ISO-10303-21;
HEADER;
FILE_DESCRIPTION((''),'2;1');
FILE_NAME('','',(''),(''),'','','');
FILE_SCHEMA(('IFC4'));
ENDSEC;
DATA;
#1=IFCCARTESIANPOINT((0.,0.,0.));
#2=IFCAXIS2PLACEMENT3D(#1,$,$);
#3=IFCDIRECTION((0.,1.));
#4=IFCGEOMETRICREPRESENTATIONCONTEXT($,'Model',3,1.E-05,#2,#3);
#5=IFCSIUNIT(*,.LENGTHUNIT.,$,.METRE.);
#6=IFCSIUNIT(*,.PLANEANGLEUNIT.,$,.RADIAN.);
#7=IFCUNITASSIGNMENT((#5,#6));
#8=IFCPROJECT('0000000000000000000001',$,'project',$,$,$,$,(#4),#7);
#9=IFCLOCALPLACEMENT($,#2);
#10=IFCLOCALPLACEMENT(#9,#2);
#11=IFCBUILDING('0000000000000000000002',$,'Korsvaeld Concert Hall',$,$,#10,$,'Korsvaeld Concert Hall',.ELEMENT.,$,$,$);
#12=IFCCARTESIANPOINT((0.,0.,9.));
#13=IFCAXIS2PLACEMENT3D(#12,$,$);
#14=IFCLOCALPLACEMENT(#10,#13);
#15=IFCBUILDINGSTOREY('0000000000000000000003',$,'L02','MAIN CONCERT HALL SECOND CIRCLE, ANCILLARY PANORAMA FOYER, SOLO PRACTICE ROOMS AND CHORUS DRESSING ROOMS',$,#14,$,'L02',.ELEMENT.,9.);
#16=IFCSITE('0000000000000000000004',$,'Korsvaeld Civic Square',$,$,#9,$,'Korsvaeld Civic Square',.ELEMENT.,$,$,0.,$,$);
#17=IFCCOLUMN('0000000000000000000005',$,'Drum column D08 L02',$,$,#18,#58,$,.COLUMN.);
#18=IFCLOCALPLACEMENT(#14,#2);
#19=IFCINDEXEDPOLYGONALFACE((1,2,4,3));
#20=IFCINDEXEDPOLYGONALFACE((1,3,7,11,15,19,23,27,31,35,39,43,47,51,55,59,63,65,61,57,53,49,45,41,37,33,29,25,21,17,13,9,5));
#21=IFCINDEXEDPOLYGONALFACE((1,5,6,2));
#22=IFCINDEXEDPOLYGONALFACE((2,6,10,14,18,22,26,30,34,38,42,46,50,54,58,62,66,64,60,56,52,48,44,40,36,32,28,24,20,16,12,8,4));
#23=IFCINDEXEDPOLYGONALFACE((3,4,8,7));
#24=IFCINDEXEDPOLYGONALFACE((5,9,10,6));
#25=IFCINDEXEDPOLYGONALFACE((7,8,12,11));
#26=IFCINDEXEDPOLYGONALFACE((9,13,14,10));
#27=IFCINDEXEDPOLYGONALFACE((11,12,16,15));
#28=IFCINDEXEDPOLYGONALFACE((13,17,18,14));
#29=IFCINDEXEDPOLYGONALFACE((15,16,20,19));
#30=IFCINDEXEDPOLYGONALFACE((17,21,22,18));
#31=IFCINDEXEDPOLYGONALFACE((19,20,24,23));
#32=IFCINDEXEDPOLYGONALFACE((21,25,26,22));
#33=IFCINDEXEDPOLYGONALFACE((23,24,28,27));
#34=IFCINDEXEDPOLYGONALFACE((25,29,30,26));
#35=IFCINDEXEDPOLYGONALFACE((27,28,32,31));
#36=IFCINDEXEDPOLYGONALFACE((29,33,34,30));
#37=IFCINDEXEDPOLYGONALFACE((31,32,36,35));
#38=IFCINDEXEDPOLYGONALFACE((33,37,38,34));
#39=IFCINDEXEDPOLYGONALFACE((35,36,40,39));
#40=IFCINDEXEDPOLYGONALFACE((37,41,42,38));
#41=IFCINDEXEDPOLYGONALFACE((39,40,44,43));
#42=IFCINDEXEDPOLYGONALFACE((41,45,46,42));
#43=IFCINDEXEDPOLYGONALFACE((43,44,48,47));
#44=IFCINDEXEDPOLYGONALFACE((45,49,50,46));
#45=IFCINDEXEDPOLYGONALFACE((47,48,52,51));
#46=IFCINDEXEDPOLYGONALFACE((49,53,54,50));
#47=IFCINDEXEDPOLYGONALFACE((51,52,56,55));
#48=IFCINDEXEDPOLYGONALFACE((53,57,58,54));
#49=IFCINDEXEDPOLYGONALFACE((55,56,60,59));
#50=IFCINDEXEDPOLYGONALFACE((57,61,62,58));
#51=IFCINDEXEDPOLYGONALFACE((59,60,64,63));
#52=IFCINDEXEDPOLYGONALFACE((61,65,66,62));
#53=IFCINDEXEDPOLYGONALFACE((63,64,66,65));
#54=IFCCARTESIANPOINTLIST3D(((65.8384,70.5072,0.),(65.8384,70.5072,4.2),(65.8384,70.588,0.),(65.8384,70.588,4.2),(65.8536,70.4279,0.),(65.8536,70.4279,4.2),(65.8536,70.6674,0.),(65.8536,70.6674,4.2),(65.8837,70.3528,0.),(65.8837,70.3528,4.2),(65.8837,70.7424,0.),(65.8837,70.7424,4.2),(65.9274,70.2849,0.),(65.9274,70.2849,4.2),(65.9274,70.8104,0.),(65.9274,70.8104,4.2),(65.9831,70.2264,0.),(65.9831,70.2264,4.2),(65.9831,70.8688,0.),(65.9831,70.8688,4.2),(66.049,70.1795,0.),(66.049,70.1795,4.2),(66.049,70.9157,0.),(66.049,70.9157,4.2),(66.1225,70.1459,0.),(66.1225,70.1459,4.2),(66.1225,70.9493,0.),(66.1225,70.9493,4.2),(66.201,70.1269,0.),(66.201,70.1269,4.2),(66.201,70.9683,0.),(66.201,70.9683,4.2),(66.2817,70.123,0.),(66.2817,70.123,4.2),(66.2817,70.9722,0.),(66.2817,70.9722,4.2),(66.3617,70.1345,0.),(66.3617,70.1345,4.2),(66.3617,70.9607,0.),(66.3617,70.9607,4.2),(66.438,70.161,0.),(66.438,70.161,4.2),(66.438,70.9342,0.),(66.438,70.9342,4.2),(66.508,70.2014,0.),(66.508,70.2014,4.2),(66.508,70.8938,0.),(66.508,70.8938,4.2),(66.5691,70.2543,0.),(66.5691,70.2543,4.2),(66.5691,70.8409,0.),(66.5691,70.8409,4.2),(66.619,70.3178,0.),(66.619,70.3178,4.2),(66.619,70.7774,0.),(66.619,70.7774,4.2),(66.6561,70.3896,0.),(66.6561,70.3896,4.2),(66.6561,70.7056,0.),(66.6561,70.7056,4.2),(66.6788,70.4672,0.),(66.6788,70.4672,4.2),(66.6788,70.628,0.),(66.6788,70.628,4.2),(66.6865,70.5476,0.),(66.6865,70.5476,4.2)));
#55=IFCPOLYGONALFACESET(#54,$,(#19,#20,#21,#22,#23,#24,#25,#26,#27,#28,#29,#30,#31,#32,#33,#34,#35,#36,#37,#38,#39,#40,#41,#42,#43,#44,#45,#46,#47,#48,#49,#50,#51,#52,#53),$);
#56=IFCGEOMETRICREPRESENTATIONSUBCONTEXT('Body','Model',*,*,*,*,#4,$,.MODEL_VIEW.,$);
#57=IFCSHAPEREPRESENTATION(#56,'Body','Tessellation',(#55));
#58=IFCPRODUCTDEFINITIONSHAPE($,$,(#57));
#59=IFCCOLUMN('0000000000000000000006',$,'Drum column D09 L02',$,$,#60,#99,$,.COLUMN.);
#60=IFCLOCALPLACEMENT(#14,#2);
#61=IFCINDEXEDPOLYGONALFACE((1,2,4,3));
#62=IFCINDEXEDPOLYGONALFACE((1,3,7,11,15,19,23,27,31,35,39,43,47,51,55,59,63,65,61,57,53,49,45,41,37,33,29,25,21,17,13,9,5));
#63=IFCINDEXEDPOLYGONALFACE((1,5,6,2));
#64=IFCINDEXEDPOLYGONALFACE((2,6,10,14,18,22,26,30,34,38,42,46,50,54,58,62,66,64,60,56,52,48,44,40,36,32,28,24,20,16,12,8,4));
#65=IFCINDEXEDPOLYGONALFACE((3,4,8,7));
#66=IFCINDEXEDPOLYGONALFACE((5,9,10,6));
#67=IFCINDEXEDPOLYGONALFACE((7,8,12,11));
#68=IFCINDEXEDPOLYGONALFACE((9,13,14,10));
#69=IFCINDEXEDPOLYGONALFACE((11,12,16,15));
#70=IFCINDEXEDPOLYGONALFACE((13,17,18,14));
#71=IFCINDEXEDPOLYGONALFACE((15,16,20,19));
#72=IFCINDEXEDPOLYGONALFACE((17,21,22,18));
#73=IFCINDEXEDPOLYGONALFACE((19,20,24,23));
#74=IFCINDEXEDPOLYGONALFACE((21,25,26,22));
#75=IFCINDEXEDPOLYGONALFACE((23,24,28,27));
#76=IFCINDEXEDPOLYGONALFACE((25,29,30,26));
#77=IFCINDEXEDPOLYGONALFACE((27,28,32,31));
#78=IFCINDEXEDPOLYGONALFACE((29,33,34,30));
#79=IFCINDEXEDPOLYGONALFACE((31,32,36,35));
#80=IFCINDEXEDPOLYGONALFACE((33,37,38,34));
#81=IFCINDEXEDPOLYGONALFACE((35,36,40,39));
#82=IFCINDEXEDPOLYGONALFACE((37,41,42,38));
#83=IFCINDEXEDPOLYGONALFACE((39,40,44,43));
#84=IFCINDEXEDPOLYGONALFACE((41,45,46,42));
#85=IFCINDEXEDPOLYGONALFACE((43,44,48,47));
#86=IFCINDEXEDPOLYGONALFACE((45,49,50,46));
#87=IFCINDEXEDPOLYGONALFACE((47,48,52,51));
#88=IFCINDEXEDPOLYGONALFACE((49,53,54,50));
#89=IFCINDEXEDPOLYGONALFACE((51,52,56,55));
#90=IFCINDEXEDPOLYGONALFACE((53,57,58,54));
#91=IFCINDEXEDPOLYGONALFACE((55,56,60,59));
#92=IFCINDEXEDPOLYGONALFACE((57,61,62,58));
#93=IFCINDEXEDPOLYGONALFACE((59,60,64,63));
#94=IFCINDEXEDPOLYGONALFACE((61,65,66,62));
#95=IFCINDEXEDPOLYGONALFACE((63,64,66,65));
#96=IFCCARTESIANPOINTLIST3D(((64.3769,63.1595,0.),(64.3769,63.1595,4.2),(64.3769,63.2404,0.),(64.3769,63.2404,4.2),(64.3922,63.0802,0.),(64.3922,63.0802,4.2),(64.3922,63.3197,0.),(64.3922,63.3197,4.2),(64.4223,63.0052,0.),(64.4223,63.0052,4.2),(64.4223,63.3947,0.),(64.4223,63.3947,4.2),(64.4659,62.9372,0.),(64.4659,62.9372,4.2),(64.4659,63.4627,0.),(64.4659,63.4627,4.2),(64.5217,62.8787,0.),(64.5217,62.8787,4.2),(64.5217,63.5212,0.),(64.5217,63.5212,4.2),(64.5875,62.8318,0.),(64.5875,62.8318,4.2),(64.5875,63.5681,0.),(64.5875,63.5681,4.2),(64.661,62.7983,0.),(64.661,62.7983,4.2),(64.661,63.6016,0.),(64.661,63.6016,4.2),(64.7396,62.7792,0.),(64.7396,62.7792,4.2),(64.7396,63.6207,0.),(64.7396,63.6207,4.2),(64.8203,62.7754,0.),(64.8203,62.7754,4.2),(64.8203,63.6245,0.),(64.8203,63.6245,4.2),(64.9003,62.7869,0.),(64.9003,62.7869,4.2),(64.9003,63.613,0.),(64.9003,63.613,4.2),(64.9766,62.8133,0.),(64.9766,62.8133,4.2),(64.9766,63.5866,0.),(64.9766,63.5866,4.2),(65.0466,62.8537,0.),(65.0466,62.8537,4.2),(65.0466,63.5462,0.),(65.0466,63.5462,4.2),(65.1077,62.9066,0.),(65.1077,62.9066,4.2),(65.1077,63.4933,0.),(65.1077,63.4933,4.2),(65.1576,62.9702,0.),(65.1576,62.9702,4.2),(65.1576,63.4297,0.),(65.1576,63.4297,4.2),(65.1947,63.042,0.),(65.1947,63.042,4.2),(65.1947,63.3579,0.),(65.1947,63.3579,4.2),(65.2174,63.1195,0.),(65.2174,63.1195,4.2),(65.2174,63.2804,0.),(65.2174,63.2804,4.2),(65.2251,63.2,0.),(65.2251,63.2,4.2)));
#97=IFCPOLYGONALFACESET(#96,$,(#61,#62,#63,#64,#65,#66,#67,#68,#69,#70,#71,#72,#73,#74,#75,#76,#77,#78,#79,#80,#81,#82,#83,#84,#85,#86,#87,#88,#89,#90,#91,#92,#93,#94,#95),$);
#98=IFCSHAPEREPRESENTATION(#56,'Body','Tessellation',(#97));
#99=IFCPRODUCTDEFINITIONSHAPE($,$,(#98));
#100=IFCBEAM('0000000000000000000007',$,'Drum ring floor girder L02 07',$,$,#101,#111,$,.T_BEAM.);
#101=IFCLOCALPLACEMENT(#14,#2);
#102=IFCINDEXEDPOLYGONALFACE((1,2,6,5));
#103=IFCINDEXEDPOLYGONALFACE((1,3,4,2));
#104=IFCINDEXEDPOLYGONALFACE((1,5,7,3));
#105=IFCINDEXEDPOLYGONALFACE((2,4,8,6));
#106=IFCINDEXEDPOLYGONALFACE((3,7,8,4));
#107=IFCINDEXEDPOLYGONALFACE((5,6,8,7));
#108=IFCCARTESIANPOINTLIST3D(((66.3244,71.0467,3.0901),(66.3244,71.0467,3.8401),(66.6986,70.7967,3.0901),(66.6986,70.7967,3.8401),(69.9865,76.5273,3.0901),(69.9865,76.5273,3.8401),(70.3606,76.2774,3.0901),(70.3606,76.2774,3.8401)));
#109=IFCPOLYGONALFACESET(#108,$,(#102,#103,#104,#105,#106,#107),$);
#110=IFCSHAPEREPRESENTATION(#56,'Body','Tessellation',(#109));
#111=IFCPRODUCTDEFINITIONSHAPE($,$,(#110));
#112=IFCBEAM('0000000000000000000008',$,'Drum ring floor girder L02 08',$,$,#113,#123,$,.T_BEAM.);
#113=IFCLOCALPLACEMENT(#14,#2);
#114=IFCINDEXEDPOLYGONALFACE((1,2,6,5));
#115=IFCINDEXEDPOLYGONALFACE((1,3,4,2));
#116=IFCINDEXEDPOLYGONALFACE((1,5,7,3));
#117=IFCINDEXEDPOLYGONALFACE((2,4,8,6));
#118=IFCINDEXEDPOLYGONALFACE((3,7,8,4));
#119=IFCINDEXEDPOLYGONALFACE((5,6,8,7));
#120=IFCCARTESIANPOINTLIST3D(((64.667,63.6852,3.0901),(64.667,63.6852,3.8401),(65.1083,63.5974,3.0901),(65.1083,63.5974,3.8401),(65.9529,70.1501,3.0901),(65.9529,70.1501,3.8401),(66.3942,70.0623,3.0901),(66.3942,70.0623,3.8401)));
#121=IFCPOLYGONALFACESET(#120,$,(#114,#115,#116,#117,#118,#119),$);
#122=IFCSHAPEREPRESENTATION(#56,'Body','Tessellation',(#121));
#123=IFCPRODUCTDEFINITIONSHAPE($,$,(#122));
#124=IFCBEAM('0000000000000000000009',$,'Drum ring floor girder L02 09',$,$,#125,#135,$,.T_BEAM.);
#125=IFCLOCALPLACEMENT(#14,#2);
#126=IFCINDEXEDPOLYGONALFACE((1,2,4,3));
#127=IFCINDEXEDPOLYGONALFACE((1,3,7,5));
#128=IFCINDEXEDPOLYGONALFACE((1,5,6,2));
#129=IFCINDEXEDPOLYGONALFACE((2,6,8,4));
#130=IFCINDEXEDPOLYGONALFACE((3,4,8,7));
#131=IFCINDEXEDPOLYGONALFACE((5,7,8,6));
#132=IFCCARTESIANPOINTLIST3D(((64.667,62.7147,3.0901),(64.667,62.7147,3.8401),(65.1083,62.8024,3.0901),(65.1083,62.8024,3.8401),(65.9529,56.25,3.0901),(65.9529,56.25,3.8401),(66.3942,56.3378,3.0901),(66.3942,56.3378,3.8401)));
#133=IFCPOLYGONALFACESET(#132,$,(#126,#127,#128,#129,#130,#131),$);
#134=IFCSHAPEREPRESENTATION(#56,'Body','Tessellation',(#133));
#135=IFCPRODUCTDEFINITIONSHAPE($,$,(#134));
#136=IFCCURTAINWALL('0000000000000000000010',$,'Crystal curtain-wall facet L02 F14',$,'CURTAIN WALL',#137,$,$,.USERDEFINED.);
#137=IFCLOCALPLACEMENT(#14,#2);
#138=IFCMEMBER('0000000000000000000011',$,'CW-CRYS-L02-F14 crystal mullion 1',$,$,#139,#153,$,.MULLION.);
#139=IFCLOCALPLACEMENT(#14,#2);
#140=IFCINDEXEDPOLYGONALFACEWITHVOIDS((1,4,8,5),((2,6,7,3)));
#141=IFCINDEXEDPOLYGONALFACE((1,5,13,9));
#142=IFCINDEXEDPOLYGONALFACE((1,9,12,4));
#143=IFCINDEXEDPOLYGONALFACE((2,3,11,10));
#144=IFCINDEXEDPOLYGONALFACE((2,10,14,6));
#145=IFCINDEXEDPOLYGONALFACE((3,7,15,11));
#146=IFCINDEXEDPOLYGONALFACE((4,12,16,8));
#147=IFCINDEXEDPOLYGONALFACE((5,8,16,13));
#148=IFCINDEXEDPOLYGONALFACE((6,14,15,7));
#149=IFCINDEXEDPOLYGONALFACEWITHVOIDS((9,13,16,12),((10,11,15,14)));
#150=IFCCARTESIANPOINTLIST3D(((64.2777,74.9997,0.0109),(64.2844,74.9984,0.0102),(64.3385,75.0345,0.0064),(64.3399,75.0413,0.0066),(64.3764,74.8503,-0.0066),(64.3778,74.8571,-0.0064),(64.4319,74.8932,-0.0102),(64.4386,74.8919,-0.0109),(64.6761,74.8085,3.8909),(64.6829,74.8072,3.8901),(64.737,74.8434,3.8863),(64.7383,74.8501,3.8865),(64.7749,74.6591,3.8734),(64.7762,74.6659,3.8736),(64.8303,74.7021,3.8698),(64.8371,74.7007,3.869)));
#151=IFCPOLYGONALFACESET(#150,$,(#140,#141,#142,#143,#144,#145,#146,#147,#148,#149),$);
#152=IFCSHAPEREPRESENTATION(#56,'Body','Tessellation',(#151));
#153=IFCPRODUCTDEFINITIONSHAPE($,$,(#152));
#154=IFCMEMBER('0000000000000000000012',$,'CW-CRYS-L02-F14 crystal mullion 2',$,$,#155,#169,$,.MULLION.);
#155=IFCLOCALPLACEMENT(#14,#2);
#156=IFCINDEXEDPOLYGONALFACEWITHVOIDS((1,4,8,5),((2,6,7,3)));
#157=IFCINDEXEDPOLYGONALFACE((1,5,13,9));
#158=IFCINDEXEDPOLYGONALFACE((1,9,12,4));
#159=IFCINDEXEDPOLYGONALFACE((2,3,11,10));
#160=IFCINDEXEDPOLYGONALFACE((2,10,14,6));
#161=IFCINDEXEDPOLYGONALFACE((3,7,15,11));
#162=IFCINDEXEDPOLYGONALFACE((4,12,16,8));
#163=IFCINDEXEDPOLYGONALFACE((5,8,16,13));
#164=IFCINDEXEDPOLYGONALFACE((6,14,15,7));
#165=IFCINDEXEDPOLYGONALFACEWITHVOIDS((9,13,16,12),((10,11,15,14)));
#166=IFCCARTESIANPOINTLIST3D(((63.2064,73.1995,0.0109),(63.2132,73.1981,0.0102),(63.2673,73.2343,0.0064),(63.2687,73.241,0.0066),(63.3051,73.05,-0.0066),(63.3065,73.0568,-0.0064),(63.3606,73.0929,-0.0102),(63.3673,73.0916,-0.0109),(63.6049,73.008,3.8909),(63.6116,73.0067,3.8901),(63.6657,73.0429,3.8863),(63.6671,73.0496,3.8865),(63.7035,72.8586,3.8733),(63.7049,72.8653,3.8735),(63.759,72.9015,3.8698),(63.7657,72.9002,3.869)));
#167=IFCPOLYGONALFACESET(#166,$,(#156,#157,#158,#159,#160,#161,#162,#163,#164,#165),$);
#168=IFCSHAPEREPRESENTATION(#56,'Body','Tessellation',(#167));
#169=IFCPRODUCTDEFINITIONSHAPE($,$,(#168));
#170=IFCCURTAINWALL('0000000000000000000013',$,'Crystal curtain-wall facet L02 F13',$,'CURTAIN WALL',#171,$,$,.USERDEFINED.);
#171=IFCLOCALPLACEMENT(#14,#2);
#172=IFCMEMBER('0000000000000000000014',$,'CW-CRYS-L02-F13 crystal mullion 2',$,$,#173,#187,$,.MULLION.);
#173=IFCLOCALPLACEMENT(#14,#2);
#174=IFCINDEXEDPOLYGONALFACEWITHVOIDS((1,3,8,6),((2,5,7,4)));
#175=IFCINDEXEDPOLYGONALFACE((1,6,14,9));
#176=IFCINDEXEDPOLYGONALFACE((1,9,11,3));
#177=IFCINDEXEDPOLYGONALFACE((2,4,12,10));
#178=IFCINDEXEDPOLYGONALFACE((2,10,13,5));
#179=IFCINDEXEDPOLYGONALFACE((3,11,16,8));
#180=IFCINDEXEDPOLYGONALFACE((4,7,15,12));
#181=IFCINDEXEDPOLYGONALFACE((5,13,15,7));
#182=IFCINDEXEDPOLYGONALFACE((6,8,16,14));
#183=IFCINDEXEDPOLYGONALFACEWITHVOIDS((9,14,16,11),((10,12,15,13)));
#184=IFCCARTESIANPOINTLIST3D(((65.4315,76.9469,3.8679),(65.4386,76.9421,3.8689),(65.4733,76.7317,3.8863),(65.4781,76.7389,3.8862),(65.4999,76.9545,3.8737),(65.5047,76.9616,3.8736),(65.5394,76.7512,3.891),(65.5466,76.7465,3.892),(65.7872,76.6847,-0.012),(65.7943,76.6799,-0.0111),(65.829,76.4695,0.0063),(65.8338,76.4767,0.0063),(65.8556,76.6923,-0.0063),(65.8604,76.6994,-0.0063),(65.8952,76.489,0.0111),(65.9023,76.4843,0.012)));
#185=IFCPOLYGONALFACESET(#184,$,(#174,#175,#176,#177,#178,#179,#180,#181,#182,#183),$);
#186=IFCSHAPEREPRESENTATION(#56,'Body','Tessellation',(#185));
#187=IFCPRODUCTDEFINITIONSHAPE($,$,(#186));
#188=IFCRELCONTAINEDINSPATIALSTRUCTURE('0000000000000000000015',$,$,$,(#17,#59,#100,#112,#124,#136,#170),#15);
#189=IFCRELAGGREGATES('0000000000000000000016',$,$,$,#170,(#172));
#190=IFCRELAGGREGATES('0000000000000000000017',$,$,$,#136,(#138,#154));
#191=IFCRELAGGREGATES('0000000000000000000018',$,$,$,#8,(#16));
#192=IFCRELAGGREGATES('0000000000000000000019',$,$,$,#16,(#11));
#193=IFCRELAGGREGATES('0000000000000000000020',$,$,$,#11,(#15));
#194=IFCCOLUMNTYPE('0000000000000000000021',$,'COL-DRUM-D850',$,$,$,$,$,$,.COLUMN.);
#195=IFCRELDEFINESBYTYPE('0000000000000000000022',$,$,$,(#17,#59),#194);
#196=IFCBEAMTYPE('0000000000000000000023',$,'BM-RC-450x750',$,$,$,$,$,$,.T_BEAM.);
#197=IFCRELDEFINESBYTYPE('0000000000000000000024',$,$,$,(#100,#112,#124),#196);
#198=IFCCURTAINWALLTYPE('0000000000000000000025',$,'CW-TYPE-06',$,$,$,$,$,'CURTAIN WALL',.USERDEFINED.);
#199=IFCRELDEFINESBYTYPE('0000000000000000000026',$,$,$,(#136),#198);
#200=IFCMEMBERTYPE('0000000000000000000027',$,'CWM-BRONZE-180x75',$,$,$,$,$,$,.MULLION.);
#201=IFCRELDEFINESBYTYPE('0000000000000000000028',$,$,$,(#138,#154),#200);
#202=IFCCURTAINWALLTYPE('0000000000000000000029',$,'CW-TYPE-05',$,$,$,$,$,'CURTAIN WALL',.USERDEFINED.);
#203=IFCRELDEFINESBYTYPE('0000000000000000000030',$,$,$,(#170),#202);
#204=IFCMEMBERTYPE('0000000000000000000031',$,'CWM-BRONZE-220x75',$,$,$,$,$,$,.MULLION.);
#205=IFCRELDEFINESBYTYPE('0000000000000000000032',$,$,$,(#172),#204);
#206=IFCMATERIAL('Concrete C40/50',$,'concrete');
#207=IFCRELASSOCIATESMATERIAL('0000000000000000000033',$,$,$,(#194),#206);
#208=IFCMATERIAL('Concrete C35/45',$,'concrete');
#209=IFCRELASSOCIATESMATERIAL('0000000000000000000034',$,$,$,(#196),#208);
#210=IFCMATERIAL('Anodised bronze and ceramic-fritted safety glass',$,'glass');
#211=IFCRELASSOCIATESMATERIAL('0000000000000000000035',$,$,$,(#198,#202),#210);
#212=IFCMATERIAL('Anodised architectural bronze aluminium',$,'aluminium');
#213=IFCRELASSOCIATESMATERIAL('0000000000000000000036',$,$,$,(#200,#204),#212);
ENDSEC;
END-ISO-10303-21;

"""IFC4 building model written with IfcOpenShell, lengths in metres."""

from ifc_helpers import new_model, si_unit, direction, frame, origin, origin_2d, place, context, subcontext, project, spatial, rectangle, hollow_rectangle, circle, extrude, material, material_profile, profile_set, type_object, element, aggregate, save


model = new_model("IFC4")

# Units and contexts
model_context = context("Model", 3, precision=1e-05, world=origin(), true_north=direction((0.0, 1.0)))
body_context = subcontext(model_context, "Body", "Model", "MODEL_VIEW")
ifc_project = project(units=[si_unit("LENGTHUNIT", "METRE"), si_unit("PLANEANGLEUNIT", "RADIAN")], contexts=[model_context])

# Site, building, storey
site_placement = place(None, origin())
site = spatial("IfcSite", under=ifc_project, at=site_placement, Name="Korsvaeld Civic Square", LongName="Korsvaeld Civic Square", CompositionType="ELEMENT", RefElevation=0.0)
building_placement = place(site_placement, origin())
building = spatial("IfcBuilding", under=site, at=building_placement, Name="Korsvaeld Concert Hall", LongName="Korsvaeld Concert Hall", CompositionType="ELEMENT")
storey_placement = place(building_placement, frame((0.0, 0.0, 9.0)))
storey = spatial("IfcBuildingStorey", under=building, at=storey_placement, Name="L02", Description="MAIN CONCERT HALL SECOND CIRCLE, ANCILLARY PANORAMA FOYER, SOLO PRACTICE ROOMS AND CHORUS DRESSING ROOMS", LongName="L02", CompositionType="ELEMENT", Elevation=9.0)

# Columns
ifc_material_1 = material(Name="Concrete C40/50", Category="concrete")
ifc_material_profile_1 = material_profile(ifc_material_1, circle(Radius=0.425, at=origin_2d()), Name="RC D850")
ifc_profile_set_1 = profile_set([ifc_material_profile_1], Name="Concrete C40/50")
column_type = type_object("IfcColumnType", Name="COL-DRUM-D850", PredefinedType="COLUMN", material=ifc_profile_set_1)
for number, where, z_axis, x_axis, name in (
    (1, (66.2615, 70.5476, 0.0), (0.0, 0.0, 1.0), (1.0, 0.0, 0.0), "Drum column D08 L02"),
    (2, (64.8, 63.2, 0.0), (0.0, 0.0, 1.0), (1.0, 0.0, 0.0), "Drum column D09 L02"),
):
    element("IfcColumn", number, at=place(storey_placement, frame(where, z_axis=z_axis, x_axis=x_axis)), inside=storey, type_object=column_type, Name=name, PredefinedType="COLUMN", context=body_context, shape_type="SweptSolid", body=[
        extrude(circle(Radius=0.425, at=origin_2d()), origin(), (0.0, 0.0, 1.0), 4.2),
    ])

# Beams
ifc_material_2 = material(Name="Concrete C35/45", Category="concrete")
ifc_material_profile_2 = material_profile(ifc_material_2, rectangle(XDim=0.45, YDim=0.75, at=origin_2d()), Name="RC 450x750")
ifc_profile_set_2 = profile_set([ifc_material_profile_2], Name="Concrete C35/45")
beam_type = type_object("IfcBeamType", Name="BM-RC-450x750", PredefinedType="T_BEAM", material=ifc_profile_set_2)
for number, where, z_axis, x_axis, name in (
    (3, (70.1736, 76.4023, 3.4651), (-0.555572, -0.831469, 0.0), (0.831469, -0.555572, 0.0), "Drum ring floor girder L02 07"),
    (4, (66.1736, 70.1062, 3.4651), (-0.195083, -0.980787, 0.0), (0.980787, -0.195083, 0.0), "Drum ring floor girder L02 08"),
):
    element("IfcBeam", number, at=place(storey_placement, frame(where, z_axis=z_axis, x_axis=x_axis)), inside=storey, type_object=beam_type, Name=name, PredefinedType="T_BEAM", context=body_context, shape_type="SweptSolid", body=[
        extrude(rectangle(XDim=0.45, YDim=0.75, at=origin_2d()), origin(), (0.0, 0.0, 1.0), 6.5916),
    ])
beam_placement = place(storey_placement, frame((64.8877, 62.7585, 3.4651), z_axis=(0.19509, -0.980785, 0.0), x_axis=(0.980785, 0.19509, 0.0)))
element("IfcBeam", 5, at=beam_placement, inside=storey, type_object=beam_type, Name="Drum ring floor girder L02 09", PredefinedType="T_BEAM", context=body_context, shape_type="SweptSolid", body=[
    extrude(rectangle(XDim=0.45, YDim=0.75, at=origin_2d()), origin(), (0.0, 0.0, 1.0), 6.5913),
])

# Curtain walls, members
ifc_material_3 = material(Name="Anodised bronze and ceramic-fritted safety glass", Category="glass")
curtain_wall_type_1 = type_object("IfcCurtainWallType", Name="CW-TYPE-06", ElementType="CURTAIN WALL", PredefinedType="USERDEFINED", material=ifc_material_3)
curtain_wall_1_placement = place(storey_placement, origin())
curtain_wall_1 = element("IfcCurtainWall", 6, at=curtain_wall_1_placement, inside=storey, type_object=curtain_wall_type_1, Name="Crystal curtain-wall facet L02 F14", ObjectType="CURTAIN WALL", PredefinedType="USERDEFINED")
ifc_material_4 = material(Name="Anodised architectural bronze aluminium", Category="aluminium")
ifc_material_profile_3 = material_profile(ifc_material_4, hollow_rectangle(XDim=0.075, YDim=0.1799, WallThickness=0.0049, at=origin_2d()), Name="CWM 180x75x5")
ifc_profile_set_3 = profile_set([ifc_material_profile_3], Name="Anodised architectural bronze aluminium")
member_type_1 = type_object("IfcMemberType", Name="CWM-BRONZE-180x75", PredefinedType="MULLION", material=ifc_profile_set_3)
member_1_placement = place(storey_placement, frame((64.3582, 74.9458, 0.0), z_axis=(0.102033, -0.048954, 0.993576), x_axis=(0.829811, 0.555036, -0.057869)))
member_1 = element("IfcMember", 7, at=member_1_placement, type_object=member_type_1, Name="CW-CRYS-L02-F14 crystal mullion 1", PredefinedType="MULLION", context=body_context, shape_type="SweptSolid", body=[
    extrude(hollow_rectangle(XDim=0.075, YDim=0.1799, WallThickness=0.0049, at=origin_2d()), origin(), (0.0, 0.0, 1.0), 3.905),
])
member_2_placement = place(storey_placement, frame((63.2869, 73.1455, 0.0), z_axis=(0.102033, -0.049016, 0.993573), x_axis=(0.830086, 0.554624, -0.057883)))
member_2 = element("IfcMember", 8, at=member_2_placement, type_object=member_type_1, Name="CW-CRYS-L02-F14 crystal mullion 2", PredefinedType="MULLION", context=body_context, shape_type="SweptSolid", body=[
    extrude(hollow_rectangle(XDim=0.075, YDim=0.1799, WallThickness=0.0049, at=origin_2d()), origin(), (0.0, 0.0, 1.0), 3.905),
])
curtain_wall_type_2 = type_object("IfcCurtainWallType", Name="CW-TYPE-05", ElementType="CURTAIN WALL", PredefinedType="USERDEFINED", material=ifc_material_3)
curtain_wall_2_placement = place(storey_placement, origin())
curtain_wall_2 = element("IfcCurtainWall", 9, at=curtain_wall_2_placement, inside=storey, type_object=curtain_wall_type_2, Name="Crystal curtain-wall facet L02 F13", ObjectType="CURTAIN WALL", PredefinedType="USERDEFINED")
ifc_material_profile_4 = material_profile(ifc_material_4, hollow_rectangle(XDim=0.075, YDim=0.22, WallThickness=0.0061, at=origin_2d()), Name="CWM 220x75x6")
ifc_profile_set_4 = profile_set([ifc_material_profile_4], Name="Anodised architectural bronze aluminium")
member_type_2 = type_object("IfcMemberType", Name="CWM-BRONZE-220x75", PredefinedType="MULLION", material=ifc_profile_set_4)
member_3_placement = place(storey_placement, frame((65.8447, 76.5845, 0.0), z_axis=(-0.091092, 0.067147, 0.993576), x_axis=(-0.9775, -0.196641, -0.076329)))
member_3 = element("IfcMember", 10, at=member_3_placement, type_object=member_type_2, Name="CW-CRYS-L02-F13 crystal mullion 2", PredefinedType="MULLION", context=body_context, shape_type="SweptSolid", body=[
    extrude(hollow_rectangle(XDim=0.075, YDim=0.22, WallThickness=0.0061, at=origin_2d()), origin(), (0.0, 0.0, 1.0), 3.905),
])

aggregate(curtain_wall_2, [member_3])
aggregate(curtain_wall_1, [member_1, member_2])

save(model, "model.ifc")
